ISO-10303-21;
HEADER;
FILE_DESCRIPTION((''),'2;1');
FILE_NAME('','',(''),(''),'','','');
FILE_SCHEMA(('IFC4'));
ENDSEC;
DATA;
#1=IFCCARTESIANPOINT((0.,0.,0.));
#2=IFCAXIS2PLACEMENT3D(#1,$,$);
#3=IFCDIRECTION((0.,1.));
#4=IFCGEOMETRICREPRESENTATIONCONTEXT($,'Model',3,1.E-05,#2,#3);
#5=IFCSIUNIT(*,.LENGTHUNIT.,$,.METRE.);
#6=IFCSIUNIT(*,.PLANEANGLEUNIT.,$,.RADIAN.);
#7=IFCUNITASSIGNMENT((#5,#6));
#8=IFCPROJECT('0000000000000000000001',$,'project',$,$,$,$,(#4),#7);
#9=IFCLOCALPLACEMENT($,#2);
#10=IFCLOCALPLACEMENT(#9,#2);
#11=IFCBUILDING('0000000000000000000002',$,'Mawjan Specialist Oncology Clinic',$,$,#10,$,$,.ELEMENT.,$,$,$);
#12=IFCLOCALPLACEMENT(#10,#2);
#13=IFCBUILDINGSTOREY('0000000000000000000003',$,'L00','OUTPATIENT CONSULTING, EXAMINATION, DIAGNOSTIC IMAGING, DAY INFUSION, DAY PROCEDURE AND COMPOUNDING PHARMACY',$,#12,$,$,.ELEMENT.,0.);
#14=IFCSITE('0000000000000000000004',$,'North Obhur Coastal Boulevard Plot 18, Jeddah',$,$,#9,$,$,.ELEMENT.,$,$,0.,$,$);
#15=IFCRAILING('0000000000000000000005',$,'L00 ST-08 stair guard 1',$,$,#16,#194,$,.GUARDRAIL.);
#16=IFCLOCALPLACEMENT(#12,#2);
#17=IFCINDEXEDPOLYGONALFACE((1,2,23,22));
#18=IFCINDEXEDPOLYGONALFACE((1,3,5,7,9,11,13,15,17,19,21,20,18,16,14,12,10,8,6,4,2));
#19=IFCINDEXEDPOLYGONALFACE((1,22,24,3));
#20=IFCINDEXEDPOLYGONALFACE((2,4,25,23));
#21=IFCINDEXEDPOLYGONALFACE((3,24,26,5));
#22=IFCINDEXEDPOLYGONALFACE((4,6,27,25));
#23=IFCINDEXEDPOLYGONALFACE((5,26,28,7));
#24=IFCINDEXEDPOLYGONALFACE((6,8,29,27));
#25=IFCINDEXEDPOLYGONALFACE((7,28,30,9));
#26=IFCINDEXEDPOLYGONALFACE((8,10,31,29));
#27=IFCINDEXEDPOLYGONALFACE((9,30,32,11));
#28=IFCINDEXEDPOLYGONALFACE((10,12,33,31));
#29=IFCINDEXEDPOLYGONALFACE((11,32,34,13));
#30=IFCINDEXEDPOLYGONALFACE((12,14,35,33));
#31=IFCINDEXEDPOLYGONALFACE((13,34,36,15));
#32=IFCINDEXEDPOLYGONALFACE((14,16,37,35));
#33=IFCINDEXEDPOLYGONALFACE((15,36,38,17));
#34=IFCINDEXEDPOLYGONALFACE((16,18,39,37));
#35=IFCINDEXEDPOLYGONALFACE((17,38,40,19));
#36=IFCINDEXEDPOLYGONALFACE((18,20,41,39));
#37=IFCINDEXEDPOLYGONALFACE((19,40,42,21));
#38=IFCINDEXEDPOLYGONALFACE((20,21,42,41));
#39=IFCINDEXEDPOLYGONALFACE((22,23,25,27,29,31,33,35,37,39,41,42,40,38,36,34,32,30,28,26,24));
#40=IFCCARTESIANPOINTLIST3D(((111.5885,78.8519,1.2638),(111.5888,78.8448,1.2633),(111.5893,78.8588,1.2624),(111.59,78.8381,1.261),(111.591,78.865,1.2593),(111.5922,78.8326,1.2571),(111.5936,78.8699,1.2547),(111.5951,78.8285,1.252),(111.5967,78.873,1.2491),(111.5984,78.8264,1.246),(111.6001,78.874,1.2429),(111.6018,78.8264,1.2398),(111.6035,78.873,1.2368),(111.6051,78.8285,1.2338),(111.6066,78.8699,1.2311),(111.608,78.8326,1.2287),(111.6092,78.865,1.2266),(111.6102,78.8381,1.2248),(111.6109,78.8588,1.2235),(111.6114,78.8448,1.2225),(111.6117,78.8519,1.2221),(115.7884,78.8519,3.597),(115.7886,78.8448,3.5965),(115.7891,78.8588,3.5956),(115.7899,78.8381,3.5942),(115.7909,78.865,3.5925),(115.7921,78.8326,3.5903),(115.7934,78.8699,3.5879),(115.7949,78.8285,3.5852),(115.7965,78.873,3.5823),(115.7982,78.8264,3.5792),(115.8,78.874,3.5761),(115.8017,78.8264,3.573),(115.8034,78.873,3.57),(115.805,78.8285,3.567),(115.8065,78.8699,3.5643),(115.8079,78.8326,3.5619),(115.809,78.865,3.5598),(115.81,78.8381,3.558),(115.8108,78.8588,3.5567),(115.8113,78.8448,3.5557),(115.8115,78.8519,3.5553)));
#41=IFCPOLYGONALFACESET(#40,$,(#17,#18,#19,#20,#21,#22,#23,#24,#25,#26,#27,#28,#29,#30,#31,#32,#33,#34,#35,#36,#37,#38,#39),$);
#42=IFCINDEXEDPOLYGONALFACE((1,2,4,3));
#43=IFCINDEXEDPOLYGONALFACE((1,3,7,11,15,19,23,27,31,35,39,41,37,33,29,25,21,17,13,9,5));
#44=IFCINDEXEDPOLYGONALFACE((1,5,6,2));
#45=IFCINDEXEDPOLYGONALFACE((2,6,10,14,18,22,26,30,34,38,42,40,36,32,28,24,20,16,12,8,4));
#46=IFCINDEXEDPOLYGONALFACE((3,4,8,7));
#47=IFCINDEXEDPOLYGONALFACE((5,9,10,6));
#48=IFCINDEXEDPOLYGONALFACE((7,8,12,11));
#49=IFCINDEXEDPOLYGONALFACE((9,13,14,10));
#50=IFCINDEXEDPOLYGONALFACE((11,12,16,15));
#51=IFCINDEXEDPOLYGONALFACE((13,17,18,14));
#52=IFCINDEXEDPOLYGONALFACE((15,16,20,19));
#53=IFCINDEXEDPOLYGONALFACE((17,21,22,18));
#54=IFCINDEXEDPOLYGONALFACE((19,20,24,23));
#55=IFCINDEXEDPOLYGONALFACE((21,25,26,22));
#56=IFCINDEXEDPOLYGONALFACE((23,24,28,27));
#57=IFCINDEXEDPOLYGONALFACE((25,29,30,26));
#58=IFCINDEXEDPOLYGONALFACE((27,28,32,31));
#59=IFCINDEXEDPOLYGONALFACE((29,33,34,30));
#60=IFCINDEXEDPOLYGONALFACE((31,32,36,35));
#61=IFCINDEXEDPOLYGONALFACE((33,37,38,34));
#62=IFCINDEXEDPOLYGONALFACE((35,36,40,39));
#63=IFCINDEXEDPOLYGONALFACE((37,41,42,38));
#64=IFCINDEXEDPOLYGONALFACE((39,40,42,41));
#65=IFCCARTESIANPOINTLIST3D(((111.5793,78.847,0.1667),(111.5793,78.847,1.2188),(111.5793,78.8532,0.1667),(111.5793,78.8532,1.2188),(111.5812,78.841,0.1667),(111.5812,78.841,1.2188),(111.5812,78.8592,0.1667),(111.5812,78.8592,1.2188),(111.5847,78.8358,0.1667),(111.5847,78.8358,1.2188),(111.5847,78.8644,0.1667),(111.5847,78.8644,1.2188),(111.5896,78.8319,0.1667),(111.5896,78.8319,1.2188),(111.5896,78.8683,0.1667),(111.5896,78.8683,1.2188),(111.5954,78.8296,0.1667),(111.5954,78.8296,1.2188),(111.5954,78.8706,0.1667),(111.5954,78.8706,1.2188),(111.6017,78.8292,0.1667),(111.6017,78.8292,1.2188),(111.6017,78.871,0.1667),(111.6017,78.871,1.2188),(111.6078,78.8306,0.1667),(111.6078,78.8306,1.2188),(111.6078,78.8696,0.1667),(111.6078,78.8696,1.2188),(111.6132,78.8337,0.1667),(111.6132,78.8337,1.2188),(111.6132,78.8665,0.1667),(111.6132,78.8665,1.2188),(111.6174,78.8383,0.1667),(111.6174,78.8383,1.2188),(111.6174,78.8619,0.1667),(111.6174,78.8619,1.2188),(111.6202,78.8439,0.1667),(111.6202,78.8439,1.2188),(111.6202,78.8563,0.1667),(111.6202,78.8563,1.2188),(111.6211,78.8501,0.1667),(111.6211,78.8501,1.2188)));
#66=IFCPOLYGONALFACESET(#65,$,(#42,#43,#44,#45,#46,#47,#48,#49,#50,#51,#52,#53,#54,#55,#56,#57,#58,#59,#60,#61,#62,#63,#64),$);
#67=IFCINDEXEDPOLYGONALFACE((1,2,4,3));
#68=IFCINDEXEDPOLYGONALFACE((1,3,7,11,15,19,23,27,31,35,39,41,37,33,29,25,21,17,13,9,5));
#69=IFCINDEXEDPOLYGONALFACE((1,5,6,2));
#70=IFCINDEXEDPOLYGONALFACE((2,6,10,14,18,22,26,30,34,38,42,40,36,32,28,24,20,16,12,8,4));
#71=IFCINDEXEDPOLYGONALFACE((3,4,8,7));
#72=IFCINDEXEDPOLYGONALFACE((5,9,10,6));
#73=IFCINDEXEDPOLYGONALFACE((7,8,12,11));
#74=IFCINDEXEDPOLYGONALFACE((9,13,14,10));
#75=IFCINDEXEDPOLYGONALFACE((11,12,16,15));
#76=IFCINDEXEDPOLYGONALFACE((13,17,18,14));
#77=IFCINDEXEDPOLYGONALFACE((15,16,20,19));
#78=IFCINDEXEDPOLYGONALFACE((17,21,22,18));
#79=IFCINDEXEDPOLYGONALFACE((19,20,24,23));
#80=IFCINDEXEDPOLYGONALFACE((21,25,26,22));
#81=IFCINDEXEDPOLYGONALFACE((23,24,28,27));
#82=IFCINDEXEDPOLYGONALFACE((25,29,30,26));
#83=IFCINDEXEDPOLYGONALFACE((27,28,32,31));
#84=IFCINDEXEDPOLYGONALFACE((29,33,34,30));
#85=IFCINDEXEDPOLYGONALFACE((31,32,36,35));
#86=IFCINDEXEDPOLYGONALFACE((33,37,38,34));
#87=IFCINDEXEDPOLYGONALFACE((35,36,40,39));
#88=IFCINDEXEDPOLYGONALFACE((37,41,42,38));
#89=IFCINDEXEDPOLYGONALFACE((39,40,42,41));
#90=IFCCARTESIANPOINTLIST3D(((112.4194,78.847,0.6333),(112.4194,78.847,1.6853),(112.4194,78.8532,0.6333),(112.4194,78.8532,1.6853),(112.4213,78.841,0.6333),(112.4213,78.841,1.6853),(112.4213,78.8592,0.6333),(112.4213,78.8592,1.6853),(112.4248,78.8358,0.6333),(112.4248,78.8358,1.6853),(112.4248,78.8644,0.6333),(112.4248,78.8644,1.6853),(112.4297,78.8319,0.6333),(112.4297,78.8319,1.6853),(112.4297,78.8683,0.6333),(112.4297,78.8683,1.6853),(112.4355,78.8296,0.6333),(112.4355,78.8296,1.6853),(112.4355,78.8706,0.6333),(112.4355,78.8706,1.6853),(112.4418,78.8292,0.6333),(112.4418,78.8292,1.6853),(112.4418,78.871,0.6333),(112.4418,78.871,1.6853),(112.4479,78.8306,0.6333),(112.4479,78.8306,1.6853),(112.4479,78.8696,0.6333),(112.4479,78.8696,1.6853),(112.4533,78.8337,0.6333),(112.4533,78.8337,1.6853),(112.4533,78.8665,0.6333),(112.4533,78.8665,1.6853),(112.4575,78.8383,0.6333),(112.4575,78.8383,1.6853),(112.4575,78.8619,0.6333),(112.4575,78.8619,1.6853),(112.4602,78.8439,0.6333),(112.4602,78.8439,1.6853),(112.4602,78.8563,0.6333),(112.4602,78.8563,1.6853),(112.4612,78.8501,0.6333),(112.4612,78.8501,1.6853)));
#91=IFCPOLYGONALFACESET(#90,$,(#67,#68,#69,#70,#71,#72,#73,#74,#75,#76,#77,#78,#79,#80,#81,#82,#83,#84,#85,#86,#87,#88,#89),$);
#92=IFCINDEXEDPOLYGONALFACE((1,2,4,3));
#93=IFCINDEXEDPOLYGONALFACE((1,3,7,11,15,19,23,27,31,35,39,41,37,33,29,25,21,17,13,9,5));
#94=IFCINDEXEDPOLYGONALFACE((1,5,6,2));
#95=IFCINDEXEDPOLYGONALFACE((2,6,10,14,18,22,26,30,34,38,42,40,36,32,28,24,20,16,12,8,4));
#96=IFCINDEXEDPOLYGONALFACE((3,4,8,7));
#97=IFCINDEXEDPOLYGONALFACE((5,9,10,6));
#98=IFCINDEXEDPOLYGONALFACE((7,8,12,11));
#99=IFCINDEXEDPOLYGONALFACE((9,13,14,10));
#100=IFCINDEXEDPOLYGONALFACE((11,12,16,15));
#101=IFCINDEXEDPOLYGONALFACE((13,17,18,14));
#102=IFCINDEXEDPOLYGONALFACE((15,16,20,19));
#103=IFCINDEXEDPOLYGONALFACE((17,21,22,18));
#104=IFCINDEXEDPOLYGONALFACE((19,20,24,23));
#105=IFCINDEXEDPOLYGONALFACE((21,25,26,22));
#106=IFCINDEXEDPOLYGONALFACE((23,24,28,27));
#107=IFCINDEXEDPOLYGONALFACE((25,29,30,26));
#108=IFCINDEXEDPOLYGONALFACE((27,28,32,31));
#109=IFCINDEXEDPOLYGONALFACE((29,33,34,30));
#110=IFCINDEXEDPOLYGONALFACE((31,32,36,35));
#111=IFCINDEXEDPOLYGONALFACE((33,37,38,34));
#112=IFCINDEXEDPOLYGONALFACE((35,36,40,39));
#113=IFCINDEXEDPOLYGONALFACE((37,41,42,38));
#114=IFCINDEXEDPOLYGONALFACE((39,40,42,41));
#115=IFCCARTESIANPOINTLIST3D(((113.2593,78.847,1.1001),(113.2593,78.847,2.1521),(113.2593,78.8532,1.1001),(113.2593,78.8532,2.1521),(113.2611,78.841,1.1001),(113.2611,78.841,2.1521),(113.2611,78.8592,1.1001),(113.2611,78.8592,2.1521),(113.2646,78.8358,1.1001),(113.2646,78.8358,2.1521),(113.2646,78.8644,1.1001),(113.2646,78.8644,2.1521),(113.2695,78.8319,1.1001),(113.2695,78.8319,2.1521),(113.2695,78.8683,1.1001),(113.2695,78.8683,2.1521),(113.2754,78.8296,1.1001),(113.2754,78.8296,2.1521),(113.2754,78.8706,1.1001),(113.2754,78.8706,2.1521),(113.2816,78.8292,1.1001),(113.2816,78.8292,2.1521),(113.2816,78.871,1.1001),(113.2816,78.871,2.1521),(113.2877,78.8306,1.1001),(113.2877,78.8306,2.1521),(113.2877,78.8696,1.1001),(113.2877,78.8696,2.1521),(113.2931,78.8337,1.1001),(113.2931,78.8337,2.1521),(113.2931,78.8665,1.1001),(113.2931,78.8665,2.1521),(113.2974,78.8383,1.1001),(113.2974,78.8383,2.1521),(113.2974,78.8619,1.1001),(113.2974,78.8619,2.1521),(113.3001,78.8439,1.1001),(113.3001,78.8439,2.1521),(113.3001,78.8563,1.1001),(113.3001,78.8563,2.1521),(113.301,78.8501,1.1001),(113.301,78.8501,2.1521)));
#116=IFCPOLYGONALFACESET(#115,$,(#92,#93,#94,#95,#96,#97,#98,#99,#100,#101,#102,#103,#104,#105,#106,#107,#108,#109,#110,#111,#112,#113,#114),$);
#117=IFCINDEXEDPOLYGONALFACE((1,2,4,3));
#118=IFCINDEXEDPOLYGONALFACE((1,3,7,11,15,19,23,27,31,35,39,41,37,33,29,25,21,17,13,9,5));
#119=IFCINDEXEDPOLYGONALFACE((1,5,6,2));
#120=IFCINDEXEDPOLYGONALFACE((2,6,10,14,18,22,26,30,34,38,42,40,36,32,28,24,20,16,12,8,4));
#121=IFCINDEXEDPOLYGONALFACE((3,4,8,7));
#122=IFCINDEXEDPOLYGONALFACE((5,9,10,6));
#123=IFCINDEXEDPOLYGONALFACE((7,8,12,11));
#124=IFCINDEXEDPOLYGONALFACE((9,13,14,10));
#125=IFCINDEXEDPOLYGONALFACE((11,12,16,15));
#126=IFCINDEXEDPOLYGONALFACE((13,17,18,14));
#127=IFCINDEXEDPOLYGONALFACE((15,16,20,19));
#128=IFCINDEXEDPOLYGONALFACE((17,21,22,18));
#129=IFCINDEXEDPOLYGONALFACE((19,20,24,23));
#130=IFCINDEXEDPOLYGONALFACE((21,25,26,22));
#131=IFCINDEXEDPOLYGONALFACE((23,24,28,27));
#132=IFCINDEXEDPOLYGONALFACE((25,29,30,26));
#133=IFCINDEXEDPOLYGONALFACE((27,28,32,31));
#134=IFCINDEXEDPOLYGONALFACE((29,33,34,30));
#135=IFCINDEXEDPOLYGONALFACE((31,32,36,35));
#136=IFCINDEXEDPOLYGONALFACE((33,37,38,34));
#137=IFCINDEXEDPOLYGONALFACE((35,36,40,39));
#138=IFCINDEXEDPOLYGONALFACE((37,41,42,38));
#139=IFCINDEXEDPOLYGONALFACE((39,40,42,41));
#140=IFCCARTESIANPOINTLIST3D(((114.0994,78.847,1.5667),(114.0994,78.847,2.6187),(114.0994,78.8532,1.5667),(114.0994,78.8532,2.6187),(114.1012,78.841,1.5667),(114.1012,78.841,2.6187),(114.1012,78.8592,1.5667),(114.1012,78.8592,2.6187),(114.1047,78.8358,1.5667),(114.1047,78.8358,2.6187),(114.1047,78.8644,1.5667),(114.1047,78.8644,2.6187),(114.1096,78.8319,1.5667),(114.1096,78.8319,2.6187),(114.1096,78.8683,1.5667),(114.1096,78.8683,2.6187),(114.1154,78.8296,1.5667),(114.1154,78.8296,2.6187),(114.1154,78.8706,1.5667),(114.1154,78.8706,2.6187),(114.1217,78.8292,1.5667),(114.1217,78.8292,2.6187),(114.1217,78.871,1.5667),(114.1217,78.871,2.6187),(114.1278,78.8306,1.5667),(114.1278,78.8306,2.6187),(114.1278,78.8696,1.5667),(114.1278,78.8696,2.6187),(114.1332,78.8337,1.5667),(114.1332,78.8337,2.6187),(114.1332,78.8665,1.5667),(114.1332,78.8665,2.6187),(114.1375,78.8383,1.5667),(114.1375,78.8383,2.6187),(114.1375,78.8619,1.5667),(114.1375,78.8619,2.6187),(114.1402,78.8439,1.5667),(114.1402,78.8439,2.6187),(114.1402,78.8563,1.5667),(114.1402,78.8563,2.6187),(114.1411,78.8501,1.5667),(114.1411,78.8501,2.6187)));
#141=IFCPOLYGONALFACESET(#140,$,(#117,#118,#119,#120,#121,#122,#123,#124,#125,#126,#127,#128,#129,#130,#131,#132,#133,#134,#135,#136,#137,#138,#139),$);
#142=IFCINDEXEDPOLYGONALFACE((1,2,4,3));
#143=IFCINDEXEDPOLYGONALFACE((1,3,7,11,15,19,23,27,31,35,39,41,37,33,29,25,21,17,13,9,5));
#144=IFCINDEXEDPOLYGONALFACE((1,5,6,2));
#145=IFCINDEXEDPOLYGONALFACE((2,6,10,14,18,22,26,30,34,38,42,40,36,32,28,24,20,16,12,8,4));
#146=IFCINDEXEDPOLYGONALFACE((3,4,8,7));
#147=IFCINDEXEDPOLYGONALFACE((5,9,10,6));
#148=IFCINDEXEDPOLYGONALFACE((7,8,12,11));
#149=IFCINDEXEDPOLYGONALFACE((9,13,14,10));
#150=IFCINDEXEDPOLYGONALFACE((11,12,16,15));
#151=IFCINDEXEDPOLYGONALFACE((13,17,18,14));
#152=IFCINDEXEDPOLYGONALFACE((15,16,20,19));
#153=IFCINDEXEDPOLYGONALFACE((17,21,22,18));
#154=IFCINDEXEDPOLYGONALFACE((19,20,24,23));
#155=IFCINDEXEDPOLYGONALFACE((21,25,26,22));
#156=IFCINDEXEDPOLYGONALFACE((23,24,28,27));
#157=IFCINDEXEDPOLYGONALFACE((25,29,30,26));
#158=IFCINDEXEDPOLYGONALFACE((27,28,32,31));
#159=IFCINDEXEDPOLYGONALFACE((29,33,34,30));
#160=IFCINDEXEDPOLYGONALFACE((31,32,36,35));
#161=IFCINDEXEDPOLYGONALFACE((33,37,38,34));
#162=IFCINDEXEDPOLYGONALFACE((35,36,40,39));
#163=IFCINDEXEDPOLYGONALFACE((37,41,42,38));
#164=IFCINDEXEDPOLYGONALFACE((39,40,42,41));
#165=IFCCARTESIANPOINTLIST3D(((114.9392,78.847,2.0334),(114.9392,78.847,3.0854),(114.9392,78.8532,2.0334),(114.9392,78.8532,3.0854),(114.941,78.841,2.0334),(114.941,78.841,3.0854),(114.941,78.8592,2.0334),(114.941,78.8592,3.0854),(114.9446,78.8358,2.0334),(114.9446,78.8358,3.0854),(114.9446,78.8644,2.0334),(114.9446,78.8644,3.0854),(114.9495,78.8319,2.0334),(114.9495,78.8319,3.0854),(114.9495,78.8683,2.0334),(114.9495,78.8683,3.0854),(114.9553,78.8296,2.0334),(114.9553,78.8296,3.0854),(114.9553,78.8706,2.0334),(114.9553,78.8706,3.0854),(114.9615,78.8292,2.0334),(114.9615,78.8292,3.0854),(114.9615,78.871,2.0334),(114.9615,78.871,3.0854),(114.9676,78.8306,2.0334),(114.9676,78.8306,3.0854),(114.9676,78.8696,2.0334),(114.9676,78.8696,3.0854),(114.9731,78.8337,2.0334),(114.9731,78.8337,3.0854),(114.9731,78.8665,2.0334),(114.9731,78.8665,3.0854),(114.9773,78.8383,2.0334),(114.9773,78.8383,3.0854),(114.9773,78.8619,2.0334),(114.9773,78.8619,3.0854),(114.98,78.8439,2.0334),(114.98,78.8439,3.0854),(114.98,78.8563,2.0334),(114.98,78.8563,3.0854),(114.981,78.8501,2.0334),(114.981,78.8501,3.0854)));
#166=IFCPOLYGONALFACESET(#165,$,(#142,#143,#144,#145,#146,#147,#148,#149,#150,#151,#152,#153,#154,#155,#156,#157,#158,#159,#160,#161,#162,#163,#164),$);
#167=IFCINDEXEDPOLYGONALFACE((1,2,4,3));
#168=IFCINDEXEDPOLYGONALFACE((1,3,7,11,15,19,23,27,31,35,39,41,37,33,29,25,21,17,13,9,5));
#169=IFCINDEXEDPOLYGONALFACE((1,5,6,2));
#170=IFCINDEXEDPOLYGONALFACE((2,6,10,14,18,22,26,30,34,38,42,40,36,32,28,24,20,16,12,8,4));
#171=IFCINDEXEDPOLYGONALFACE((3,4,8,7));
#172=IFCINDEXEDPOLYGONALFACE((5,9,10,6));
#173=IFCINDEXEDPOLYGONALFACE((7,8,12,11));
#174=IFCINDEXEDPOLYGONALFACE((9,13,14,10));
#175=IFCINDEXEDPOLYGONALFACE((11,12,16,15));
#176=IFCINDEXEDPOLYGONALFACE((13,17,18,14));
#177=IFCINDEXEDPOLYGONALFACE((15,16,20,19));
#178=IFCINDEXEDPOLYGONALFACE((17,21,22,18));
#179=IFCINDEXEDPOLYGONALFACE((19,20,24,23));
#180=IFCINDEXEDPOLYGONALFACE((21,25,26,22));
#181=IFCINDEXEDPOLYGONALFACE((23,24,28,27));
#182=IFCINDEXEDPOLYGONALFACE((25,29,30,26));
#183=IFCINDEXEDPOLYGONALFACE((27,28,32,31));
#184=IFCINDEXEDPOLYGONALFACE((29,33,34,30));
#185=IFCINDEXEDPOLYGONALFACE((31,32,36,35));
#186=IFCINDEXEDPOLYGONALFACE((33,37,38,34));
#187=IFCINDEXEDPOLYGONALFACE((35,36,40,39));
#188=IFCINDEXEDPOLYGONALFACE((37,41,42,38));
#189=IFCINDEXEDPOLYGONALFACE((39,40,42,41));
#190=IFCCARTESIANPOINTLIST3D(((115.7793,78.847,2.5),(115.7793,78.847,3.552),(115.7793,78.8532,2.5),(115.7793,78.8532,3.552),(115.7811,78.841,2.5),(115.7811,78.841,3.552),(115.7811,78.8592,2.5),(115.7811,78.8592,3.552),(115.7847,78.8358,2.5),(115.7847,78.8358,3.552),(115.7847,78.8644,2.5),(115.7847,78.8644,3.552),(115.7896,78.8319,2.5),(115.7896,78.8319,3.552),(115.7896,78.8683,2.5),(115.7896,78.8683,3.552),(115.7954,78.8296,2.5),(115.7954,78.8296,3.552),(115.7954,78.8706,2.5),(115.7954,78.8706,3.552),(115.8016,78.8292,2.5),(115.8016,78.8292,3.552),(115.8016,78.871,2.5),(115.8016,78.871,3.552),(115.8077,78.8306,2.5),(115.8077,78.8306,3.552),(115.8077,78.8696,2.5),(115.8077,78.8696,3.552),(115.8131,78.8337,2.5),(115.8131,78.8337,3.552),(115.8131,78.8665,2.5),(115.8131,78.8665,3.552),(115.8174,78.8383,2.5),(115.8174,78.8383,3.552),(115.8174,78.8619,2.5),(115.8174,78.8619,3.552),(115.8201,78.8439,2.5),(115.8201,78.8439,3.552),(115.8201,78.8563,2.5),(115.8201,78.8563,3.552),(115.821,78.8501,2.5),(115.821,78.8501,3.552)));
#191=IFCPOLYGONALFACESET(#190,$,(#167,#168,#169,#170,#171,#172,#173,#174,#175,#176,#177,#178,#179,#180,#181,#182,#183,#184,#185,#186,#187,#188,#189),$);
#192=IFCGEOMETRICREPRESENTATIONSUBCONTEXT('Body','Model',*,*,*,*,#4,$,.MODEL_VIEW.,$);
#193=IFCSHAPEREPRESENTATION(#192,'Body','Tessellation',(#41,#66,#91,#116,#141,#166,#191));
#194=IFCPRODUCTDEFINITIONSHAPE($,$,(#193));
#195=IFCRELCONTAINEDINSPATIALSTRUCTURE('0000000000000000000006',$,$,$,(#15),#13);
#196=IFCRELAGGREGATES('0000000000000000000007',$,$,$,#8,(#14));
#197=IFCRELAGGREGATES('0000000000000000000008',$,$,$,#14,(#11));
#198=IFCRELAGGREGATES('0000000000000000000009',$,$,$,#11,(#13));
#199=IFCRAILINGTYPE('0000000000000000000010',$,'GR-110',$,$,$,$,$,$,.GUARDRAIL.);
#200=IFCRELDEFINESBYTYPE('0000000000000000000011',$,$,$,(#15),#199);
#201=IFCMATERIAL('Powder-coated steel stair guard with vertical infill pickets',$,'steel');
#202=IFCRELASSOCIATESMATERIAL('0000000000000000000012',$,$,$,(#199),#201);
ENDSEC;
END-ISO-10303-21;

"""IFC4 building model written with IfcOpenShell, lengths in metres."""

from ifc_helpers import new_model, si_unit, direction, frame, origin, origin_2d, place, context, subcontext, project, spatial, circle, extrude, material, type_object, element, save


model = new_model("IFC4")

# Units and contexts
model_context = context("Model", 3, precision=1e-05, world=origin(), true_north=direction((0.0, 1.0)))
body_context = subcontext(model_context, "Body", "Model", "MODEL_VIEW")
ifc_project = project(units=[si_unit("LENGTHUNIT", "METRE"), si_unit("PLANEANGLEUNIT", "RADIAN")], contexts=[model_context])

# Site, building, storey
site_placement = place(None, origin())
site = spatial("IfcSite", under=ifc_project, at=site_placement, Name="North Obhur Coastal Boulevard Plot 18, Jeddah", CompositionType="ELEMENT", RefElevation=0.0)
building_placement = place(site_placement, origin())
building = spatial("IfcBuilding", under=site, at=building_placement, Name="Mawjan Specialist Oncology Clinic", CompositionType="ELEMENT")
storey_placement = place(building_placement, origin())
storey = spatial("IfcBuildingStorey", under=building, at=storey_placement, Name="L00", Description="OUTPATIENT CONSULTING, EXAMINATION, DIAGNOSTIC IMAGING, DAY INFUSION, DAY PROCEDURE AND COMPOUNDING PHARMACY", CompositionType="ELEMENT", Elevation=0.0)

# Railing
ifc_material_1 = material(Name="Powder-coated steel stair guard with vertical infill pickets", Category="steel")
railing_type_1 = type_object("IfcRailingType", Name="GR-110", PredefinedType="GUARDRAIL", material=ifc_material_1)
railing_1_placement = place(storey_placement, frame((111.6001, 78.8501, 0.1667)))
element("IfcRailing", 1, at=railing_1_placement, inside=storey, type_object=railing_type_1, Name="L00 ST-08 stair guard 1", PredefinedType="GUARDRAIL", context=body_context, shape_type="SweptSolid", body=[
    extrude(circle(Radius=0.0239, at=origin_2d()), frame((0.0, 0.0, 1.0762), z_axis=(0.874162, 0.0, 0.485634), x_axis=(0.0, 1.0, 0.0)), (0.0, 0.0, 1.0), 4.8044),
    extrude(circle(Radius=0.021, at=origin_2d()), origin(), (0.0, 0.0, 1.0), 1.052),
    extrude(circle(Radius=0.021, at=origin_2d()), frame((0.8401, 0.0, 0.4666)), (0.0, 0.0, 1.0), 1.052),
    extrude(circle(Radius=0.021, at=origin_2d()), frame((1.6799, 0.0, 0.9333)), (0.0, 0.0, 1.0), 1.052),
    extrude(circle(Radius=0.021, at=origin_2d()), frame((2.52, 0.0, 1.3999)), (0.0, 0.0, 1.0), 1.052),
    extrude(circle(Radius=0.021, at=origin_2d()), frame((3.3599, 0.0, 1.8667)), (0.0, 0.0, 1.0), 1.052),
    extrude(circle(Radius=0.021, at=origin_2d()), frame((4.2, 0.0, 2.3333)), (0.0, 0.0, 1.0), 1.052),
])

save(model, "model.ifc")
